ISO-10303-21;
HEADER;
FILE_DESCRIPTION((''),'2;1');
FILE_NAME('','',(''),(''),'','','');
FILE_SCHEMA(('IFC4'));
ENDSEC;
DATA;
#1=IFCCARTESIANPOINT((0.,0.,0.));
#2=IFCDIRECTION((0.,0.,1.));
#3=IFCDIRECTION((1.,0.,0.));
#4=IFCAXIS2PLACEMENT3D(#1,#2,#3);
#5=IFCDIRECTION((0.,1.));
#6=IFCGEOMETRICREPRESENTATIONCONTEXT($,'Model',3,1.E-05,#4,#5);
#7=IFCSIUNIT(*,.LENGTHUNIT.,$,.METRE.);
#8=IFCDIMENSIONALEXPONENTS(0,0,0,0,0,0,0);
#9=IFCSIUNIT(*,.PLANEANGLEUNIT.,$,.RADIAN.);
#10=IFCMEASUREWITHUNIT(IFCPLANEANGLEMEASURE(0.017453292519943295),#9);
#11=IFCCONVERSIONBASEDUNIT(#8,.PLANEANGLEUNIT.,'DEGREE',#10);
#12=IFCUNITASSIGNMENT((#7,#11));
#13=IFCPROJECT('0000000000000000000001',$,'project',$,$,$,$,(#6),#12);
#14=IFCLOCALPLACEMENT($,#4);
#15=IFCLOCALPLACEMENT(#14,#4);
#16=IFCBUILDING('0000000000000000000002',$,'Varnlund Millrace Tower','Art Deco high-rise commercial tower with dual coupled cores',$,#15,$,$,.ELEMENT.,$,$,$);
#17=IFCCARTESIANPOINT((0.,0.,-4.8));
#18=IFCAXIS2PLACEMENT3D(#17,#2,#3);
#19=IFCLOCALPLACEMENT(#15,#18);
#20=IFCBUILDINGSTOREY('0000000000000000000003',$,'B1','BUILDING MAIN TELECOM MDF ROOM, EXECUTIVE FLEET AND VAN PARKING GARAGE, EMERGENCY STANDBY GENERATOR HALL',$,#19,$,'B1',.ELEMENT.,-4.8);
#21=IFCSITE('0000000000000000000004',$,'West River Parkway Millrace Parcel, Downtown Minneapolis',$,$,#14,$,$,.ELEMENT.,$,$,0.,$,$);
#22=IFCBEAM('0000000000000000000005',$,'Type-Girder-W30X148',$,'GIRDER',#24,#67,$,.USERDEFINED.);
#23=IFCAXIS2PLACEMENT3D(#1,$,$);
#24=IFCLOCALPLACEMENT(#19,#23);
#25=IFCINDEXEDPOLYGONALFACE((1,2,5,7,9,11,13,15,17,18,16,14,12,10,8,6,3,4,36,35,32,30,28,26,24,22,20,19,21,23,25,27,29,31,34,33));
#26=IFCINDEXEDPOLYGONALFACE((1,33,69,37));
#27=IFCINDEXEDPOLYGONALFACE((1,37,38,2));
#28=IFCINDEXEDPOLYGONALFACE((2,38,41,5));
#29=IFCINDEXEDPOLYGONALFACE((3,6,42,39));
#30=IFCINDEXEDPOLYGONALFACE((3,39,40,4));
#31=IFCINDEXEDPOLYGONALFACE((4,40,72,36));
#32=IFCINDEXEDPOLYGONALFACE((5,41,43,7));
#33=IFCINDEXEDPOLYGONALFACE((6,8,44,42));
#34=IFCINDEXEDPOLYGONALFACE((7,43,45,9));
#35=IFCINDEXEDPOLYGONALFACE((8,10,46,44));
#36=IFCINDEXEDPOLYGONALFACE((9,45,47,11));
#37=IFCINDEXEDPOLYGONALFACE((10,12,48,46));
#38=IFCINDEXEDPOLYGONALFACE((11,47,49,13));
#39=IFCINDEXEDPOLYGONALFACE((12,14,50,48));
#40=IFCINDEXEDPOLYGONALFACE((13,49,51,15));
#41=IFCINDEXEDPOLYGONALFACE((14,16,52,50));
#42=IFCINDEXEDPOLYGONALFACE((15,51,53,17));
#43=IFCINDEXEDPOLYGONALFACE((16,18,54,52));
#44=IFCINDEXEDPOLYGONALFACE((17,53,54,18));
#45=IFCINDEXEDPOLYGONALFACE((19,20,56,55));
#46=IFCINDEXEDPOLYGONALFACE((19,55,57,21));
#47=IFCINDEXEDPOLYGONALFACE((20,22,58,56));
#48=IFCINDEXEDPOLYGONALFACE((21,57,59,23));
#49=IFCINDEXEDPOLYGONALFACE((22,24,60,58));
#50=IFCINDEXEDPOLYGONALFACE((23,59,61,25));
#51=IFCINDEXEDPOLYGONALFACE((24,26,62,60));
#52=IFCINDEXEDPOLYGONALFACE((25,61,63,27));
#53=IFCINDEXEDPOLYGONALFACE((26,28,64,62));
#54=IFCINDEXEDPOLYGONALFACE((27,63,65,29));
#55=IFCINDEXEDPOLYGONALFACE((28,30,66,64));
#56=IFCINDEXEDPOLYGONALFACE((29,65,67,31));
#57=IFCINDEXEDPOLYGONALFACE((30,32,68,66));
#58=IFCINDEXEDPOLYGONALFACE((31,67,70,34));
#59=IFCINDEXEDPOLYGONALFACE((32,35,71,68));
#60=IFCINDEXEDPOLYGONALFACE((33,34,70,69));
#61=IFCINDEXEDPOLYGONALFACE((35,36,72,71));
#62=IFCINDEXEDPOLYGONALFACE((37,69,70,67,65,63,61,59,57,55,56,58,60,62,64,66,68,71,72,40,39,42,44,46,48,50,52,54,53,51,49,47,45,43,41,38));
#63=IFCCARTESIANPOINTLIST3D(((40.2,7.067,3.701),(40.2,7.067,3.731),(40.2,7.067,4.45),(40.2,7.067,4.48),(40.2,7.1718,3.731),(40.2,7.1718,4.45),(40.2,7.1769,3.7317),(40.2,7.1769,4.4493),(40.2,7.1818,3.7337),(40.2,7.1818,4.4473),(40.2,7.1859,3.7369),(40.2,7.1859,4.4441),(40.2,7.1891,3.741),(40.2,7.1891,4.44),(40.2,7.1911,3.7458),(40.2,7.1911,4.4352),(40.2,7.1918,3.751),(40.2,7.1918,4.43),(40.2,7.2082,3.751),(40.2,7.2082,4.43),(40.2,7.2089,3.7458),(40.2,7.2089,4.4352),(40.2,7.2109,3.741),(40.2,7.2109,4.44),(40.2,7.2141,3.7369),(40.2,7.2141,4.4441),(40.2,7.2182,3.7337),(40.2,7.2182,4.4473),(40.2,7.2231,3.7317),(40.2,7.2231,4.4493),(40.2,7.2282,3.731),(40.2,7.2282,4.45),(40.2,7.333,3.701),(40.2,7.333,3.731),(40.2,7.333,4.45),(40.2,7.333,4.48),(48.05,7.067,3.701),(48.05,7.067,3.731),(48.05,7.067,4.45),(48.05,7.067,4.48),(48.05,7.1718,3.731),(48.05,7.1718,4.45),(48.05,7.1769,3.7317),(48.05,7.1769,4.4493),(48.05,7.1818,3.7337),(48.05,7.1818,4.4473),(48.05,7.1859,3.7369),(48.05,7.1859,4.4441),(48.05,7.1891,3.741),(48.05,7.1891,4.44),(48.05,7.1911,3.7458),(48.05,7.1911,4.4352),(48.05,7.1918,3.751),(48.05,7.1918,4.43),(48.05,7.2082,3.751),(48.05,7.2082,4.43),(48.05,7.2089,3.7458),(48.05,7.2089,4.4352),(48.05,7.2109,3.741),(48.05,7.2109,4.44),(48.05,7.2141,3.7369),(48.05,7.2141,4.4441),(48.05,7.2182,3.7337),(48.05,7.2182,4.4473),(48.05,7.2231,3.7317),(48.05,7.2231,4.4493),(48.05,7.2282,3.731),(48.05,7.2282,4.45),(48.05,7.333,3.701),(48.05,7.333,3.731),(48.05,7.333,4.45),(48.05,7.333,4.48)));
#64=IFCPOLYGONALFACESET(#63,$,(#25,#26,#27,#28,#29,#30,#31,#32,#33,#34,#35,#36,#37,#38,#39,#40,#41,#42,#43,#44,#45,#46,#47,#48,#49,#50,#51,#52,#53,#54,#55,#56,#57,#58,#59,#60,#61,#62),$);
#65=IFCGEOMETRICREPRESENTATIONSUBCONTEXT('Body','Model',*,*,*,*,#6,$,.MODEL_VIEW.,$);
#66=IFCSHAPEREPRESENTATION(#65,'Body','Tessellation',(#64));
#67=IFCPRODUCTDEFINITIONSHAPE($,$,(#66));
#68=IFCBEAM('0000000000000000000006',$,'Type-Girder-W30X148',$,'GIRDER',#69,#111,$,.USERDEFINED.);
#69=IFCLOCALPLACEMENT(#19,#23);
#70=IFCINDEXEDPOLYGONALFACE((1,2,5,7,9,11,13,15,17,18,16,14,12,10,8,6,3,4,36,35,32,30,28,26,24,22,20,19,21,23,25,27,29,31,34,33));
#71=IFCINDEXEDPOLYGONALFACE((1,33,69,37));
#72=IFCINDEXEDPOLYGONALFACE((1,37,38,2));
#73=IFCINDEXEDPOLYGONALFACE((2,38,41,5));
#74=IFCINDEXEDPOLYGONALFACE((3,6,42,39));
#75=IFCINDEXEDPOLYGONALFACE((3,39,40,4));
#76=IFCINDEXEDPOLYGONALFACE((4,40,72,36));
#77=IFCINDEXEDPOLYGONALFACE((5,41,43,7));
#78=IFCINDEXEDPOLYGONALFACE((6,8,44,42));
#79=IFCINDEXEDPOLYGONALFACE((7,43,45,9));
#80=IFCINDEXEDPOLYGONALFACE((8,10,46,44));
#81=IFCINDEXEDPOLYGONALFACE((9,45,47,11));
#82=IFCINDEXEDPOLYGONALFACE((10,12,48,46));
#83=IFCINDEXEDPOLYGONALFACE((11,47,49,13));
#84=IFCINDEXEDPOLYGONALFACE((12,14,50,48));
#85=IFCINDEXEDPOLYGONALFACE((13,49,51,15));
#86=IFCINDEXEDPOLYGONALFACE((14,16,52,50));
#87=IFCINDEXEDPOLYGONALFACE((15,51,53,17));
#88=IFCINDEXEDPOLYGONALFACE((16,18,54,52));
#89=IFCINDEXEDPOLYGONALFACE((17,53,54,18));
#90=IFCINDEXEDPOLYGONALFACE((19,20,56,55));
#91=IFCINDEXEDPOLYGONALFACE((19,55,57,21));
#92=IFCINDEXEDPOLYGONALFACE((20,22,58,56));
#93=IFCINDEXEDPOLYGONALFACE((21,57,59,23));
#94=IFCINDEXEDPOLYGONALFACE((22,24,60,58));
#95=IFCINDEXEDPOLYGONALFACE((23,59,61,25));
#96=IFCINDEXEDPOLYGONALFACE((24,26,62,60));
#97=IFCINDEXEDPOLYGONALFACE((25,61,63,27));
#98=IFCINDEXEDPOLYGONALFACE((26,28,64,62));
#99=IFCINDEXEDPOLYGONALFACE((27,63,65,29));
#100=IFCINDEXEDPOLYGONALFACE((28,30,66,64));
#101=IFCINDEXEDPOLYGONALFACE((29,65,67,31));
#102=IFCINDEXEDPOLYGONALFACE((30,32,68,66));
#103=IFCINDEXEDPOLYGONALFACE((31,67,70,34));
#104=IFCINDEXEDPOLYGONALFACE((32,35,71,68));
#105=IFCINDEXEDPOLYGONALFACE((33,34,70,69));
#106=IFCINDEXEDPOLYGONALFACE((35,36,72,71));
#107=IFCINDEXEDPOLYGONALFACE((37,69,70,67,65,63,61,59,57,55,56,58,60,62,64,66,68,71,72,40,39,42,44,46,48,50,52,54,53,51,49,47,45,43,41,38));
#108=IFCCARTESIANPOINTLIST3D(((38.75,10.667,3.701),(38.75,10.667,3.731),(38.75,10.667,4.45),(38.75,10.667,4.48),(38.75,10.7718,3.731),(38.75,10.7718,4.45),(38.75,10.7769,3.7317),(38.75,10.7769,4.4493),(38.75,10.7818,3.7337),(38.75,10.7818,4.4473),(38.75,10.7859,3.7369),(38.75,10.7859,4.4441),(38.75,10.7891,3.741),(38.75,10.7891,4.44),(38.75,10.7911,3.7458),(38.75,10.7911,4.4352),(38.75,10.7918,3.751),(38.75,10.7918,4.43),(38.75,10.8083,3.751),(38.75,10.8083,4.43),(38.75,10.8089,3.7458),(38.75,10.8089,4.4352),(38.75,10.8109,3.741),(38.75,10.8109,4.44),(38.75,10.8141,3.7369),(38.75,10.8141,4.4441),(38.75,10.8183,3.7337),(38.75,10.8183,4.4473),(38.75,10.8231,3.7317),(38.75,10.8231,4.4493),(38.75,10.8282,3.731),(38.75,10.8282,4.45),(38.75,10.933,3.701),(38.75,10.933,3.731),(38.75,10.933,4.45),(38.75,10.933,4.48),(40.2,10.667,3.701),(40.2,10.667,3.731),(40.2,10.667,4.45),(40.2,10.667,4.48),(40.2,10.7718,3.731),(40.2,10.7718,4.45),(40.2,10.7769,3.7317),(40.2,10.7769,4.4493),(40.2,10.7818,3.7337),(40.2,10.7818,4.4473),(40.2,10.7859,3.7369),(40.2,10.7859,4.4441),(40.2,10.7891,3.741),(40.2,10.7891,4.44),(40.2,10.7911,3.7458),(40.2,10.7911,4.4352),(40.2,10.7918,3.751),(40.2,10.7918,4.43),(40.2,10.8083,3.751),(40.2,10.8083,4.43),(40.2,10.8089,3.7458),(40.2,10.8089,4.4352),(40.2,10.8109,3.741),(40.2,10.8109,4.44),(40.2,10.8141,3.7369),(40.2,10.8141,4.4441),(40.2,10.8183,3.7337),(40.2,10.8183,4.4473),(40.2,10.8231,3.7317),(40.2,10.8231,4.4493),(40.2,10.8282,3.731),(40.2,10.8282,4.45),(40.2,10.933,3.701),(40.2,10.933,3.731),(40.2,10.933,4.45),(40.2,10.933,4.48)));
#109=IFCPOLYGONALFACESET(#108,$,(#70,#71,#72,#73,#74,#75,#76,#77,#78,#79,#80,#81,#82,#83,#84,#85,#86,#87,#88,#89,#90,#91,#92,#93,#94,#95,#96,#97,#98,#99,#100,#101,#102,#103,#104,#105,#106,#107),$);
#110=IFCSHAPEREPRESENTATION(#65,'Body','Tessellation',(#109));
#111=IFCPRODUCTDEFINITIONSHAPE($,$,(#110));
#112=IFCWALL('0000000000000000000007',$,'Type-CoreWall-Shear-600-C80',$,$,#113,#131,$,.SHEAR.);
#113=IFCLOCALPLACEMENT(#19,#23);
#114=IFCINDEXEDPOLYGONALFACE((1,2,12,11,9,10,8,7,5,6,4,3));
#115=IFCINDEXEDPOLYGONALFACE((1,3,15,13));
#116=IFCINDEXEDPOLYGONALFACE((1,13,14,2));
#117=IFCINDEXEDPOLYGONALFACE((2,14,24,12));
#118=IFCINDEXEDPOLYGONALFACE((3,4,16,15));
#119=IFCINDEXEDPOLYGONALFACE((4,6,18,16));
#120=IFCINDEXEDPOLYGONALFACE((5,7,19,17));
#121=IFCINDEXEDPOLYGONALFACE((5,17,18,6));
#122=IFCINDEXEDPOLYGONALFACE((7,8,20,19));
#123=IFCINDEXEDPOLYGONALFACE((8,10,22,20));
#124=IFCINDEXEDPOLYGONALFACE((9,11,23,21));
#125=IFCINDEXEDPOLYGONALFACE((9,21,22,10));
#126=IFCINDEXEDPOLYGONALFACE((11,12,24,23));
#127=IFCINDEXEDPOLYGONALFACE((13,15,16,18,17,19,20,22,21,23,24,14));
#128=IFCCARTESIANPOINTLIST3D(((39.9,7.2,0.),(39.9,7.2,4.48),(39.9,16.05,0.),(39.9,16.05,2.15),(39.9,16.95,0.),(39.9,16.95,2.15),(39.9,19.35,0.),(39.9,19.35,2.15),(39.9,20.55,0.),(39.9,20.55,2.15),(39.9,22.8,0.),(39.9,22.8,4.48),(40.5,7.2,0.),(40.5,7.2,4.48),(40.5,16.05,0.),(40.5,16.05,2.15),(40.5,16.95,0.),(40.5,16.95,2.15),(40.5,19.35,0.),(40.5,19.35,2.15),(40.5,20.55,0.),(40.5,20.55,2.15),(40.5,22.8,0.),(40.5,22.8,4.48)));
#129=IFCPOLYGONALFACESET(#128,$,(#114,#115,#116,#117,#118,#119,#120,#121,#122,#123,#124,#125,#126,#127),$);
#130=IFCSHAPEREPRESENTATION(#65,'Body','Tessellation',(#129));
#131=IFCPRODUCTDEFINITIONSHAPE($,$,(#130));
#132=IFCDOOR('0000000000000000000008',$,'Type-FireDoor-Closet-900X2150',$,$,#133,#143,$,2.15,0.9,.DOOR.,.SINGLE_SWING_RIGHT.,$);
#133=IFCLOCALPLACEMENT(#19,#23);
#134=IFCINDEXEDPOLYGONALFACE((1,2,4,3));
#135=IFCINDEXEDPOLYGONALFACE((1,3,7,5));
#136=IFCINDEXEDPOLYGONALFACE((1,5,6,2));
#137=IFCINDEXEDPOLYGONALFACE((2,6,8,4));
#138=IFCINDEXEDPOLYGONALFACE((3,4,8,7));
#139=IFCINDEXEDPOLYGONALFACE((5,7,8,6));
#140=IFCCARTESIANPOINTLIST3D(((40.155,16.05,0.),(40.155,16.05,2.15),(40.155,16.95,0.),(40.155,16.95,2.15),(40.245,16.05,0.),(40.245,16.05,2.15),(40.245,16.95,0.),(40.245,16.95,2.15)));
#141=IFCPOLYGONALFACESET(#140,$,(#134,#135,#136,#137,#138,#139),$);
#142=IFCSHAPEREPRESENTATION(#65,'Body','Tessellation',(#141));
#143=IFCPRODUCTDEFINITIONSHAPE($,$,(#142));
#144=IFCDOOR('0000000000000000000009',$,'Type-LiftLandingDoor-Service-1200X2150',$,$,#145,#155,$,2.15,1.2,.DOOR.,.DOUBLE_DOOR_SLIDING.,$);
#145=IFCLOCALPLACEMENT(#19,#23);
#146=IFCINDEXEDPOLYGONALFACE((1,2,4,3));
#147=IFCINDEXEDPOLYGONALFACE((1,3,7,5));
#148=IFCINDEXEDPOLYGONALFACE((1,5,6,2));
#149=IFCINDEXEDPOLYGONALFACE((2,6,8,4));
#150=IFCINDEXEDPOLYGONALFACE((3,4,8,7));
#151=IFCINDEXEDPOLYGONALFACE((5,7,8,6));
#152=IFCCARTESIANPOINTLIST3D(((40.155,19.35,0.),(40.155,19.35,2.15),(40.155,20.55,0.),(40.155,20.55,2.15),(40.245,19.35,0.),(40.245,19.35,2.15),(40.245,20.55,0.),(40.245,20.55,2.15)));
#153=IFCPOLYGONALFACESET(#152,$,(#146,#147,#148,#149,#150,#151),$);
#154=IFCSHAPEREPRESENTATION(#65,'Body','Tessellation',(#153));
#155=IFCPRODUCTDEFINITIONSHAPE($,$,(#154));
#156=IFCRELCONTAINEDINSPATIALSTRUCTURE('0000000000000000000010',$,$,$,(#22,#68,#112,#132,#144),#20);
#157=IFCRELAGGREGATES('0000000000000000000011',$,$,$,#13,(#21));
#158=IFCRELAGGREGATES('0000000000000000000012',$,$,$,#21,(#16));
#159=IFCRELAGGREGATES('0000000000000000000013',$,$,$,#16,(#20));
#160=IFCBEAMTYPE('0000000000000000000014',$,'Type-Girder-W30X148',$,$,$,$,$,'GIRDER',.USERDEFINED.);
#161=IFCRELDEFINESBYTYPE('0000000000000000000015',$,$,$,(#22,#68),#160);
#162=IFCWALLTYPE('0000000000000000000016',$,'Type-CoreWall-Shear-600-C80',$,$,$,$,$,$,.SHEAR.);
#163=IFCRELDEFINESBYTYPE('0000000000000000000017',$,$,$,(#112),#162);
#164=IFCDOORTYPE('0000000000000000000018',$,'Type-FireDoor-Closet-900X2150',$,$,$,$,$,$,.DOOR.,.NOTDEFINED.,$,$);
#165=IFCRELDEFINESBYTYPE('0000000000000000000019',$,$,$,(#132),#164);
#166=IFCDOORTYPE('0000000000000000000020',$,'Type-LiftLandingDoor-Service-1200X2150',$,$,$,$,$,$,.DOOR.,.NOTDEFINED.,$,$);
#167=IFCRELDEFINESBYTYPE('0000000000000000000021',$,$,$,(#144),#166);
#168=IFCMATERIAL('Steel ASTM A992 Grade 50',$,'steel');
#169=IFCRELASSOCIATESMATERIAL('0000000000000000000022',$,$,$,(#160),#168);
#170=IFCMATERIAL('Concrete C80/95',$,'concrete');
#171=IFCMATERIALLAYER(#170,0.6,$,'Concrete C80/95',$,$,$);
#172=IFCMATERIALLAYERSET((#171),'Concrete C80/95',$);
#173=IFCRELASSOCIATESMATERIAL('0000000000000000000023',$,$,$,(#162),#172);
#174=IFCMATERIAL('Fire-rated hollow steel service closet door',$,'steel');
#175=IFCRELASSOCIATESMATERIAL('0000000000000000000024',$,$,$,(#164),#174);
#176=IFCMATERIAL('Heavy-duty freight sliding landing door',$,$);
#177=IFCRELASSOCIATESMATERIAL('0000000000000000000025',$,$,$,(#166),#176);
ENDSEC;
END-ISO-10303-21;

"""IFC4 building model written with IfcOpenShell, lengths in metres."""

from ifc_helpers import new_model, entity, si_unit, converted_unit, direction, frame, origin_with_axes, origin_2d_with_axis, place, context, subcontext, project, spatial, polyline, rectangle, i_section, outline, extrude, material, layer, layer_set, material_profile, profile_set, type_object, element, fill, save


model = new_model("IFC4")

# Units and contexts
model_context = context("Model", 3, precision=1e-05, world=origin_with_axes(), true_north=direction((0.0, 1.0)))
body_context = subcontext(model_context, "Body", "Model", "MODEL_VIEW")
ifc_project = project(units=[si_unit("LENGTHUNIT", "METRE"), converted_unit("PLANEANGLEUNIT", "DEGREE", entity("IfcPlaneAngleMeasure", 0.017453292519943295), si_unit("PLANEANGLEUNIT", "RADIAN"), dimensions=[0, 0, 0, 0, 0, 0, 0])], contexts=[model_context])

# Site, building, storey
site_placement = place(None, origin_with_axes())
site = spatial("IfcSite", under=ifc_project, at=site_placement, Name="West River Parkway Millrace Parcel, Downtown Minneapolis", CompositionType="ELEMENT", RefElevation=0.0)
building_placement = place(site_placement, origin_with_axes())
building = spatial("IfcBuilding", under=site, at=building_placement, Name="Varnlund Millrace Tower", Description="Art Deco high-rise commercial tower with dual coupled cores", CompositionType="ELEMENT")
storey_placement = place(building_placement, frame((0.0, 0.0, -4.8), z_axis=(0.0, 0.0, 1.0), x_axis=(1.0, 0.0, 0.0)))
storey = spatial("IfcBuildingStorey", under=building, at=storey_placement, Name="B1", Description="BUILDING MAIN TELECOM MDF ROOM, EXECUTIVE FLEET AND VAN PARKING GARAGE, EMERGENCY STANDBY GENERATOR HALL", LongName="B1", CompositionType="ELEMENT", Elevation=-4.8)

# Shared definitions
ifc_material_1 = material(Name="Concrete C80/95", Category="concrete")

# Beams
ifc_material_2 = material(Name="Steel ASTM A992 Grade 50", Category="steel")
ifc_material_profile_1 = material_profile(ifc_material_2, i_section(OverallWidth=0.266, OverallDepth=0.779, WebThickness=0.0165, FlangeThickness=0.03, FilletRadius=0.02, at=origin_2d_with_axis()), Name="Steel ASTM A992 Grade 50")
ifc_profile_set_1 = profile_set([ifc_material_profile_1], Name="Steel ASTM A992 Grade 50")
beam_type_1 = type_object("IfcBeamType", Name="Type-Girder-W30X148", ElementType="GIRDER", PredefinedType="USERDEFINED", material=ifc_profile_set_1)
beam_1_placement = place(storey_placement, frame((40.2, 7.2, 4.0905), z_axis=(1.0, 0.0, 0.0), x_axis=(0.0, 1.0, 0.0)))
element("IfcBeam", 1, at=beam_1_placement, inside=storey, type_object=beam_type_1, Name="Type-Girder-W30X148", ObjectType="GIRDER", PredefinedType="USERDEFINED", context=body_context, shape_type="SweptSolid", body=[
    extrude(i_section(OverallWidth=0.266, OverallDepth=0.779, WebThickness=0.0165, FlangeThickness=0.03, FilletRadius=0.02, at=origin_2d_with_axis()), origin_with_axes(), (0.0, 0.0, 1.0), 7.85),
])
beam_2_placement = place(storey_placement, frame((38.75, 10.8, 4.0905), z_axis=(1.0, 0.0, 0.0), x_axis=(0.0, 1.0, 0.0)))
element("IfcBeam", 2, at=beam_2_placement, inside=storey, type_object=beam_type_1, Name="Type-Girder-W30X148", ObjectType="GIRDER", PredefinedType="USERDEFINED", context=body_context, shape_type="SweptSolid", body=[
    extrude(i_section(OverallWidth=0.266, OverallDepth=0.779, WebThickness=0.0165, FlangeThickness=0.03, FilletRadius=0.02, at=origin_2d_with_axis()), origin_with_axes(), (0.0, 0.0, 1.0), 1.45),
])

# Wall, openings, doors
ifc_layer_1 = layer(ifc_material_1, 0.6, Name="Concrete C80/95")
ifc_layer_set_1 = layer_set([ifc_layer_1], Name="Concrete C80/95")
wall_type_1 = type_object("IfcWallType", Name="Type-CoreWall-Shear-600-C80", PredefinedType="SHEAR", material=ifc_layer_set_1)
wall_1_placement = place(storey_placement, frame((40.2, 7.2, 0.0), z_axis=(0.0, 0.0, 1.0), x_axis=(0.0, 1.0, 0.0)))
wall_1 = element("IfcWall", 3, at=wall_1_placement, inside=storey, type_object=wall_type_1, Name="Type-CoreWall-Shear-600-C80", PredefinedType="SHEAR", context=body_context, shape_type="SweptSolid", body=[
    extrude(outline(polyline([(0.0, -0.3), (15.6, -0.3), (15.6, 0.3), (0.0, 0.3), (0.0, -0.3)])), origin_with_axes(), (0.0, 0.0, 1.0), 4.48),
])
opening_1_placement = place(wall_1_placement, frame((12.75, 0.0, 0.0), z_axis=(0.0, 0.0, 1.0), x_axis=(1.0, 0.0, 0.0)))
opening_1 = element("IfcOpeningElement", 4, at=opening_1_placement, cuts=wall_1, PredefinedType="OPENING", context=body_context, shape_type="SweptSolid", body=[
    extrude(rectangle(XDim=1.2, YDim=0.62, at=origin_2d_with_axis()), origin_with_axes(), (0.0, 0.0, 1.0), 2.15),
])
opening_2_placement = place(wall_1_placement, frame((9.3, 0.0, 0.0), z_axis=(0.0, 0.0, 1.0), x_axis=(1.0, 0.0, 0.0)))
opening_2 = element("IfcOpeningElement", 5, at=opening_2_placement, cuts=wall_1, PredefinedType="OPENING", context=body_context, shape_type="SweptSolid", body=[
    extrude(rectangle(XDim=0.9, YDim=0.62, at=origin_2d_with_axis()), origin_with_axes(), (0.0, 0.0, 1.0), 2.15),
])
ifc_material_3 = material(Name="Fire-rated hollow steel service closet door", Category="steel")
door_type_1 = type_object("IfcDoorType", Name="Type-FireDoor-Closet-900X2150", OperationType="NOTDEFINED", PredefinedType="DOOR", material=ifc_material_3)
door_1_placement = place(wall_1_placement, frame((9.3, 0.0, 0.0), z_axis=(0.0, 0.0, 1.0), x_axis=(1.0, 0.0, 0.0)))
door_1 = element("IfcDoor", 6, at=door_1_placement, inside=storey, type_object=door_type_1, Name="Type-FireDoor-Closet-900X2150", OperationType="SINGLE_SWING_RIGHT", OverallHeight=2.15, OverallWidth=0.9, PredefinedType="DOOR", context=body_context, shape_type="SweptSolid", body=[
    extrude(rectangle(XDim=0.9, YDim=0.09, at=origin_2d_with_axis()), origin_with_axes(), (0.0, 0.0, 1.0), 2.15),
])
fill(opening_2, door_1)
ifc_material_4 = material(Name="Heavy-duty freight sliding landing door")
door_type_2 = type_object("IfcDoorType", Name="Type-LiftLandingDoor-Service-1200X2150", OperationType="NOTDEFINED", PredefinedType="DOOR", material=ifc_material_4)
door_2_placement = place(wall_1_placement, frame((12.75, 0.0, 0.0), z_axis=(0.0, 0.0, 1.0), x_axis=(1.0, 0.0, 0.0)))
door_2 = element("IfcDoor", 7, at=door_2_placement, inside=storey, type_object=door_type_2, Name="Type-LiftLandingDoor-Service-1200X2150", OperationType="DOUBLE_DOOR_SLIDING", OverallHeight=2.15, OverallWidth=1.2, PredefinedType="DOOR", context=body_context, shape_type="SweptSolid", body=[
    extrude(rectangle(XDim=1.2, YDim=0.09, at=origin_2d_with_axis()), origin_with_axes(), (0.0, 0.0, 1.0), 2.15),
])
fill(opening_1, door_2)

save(model, "model.ifc")
